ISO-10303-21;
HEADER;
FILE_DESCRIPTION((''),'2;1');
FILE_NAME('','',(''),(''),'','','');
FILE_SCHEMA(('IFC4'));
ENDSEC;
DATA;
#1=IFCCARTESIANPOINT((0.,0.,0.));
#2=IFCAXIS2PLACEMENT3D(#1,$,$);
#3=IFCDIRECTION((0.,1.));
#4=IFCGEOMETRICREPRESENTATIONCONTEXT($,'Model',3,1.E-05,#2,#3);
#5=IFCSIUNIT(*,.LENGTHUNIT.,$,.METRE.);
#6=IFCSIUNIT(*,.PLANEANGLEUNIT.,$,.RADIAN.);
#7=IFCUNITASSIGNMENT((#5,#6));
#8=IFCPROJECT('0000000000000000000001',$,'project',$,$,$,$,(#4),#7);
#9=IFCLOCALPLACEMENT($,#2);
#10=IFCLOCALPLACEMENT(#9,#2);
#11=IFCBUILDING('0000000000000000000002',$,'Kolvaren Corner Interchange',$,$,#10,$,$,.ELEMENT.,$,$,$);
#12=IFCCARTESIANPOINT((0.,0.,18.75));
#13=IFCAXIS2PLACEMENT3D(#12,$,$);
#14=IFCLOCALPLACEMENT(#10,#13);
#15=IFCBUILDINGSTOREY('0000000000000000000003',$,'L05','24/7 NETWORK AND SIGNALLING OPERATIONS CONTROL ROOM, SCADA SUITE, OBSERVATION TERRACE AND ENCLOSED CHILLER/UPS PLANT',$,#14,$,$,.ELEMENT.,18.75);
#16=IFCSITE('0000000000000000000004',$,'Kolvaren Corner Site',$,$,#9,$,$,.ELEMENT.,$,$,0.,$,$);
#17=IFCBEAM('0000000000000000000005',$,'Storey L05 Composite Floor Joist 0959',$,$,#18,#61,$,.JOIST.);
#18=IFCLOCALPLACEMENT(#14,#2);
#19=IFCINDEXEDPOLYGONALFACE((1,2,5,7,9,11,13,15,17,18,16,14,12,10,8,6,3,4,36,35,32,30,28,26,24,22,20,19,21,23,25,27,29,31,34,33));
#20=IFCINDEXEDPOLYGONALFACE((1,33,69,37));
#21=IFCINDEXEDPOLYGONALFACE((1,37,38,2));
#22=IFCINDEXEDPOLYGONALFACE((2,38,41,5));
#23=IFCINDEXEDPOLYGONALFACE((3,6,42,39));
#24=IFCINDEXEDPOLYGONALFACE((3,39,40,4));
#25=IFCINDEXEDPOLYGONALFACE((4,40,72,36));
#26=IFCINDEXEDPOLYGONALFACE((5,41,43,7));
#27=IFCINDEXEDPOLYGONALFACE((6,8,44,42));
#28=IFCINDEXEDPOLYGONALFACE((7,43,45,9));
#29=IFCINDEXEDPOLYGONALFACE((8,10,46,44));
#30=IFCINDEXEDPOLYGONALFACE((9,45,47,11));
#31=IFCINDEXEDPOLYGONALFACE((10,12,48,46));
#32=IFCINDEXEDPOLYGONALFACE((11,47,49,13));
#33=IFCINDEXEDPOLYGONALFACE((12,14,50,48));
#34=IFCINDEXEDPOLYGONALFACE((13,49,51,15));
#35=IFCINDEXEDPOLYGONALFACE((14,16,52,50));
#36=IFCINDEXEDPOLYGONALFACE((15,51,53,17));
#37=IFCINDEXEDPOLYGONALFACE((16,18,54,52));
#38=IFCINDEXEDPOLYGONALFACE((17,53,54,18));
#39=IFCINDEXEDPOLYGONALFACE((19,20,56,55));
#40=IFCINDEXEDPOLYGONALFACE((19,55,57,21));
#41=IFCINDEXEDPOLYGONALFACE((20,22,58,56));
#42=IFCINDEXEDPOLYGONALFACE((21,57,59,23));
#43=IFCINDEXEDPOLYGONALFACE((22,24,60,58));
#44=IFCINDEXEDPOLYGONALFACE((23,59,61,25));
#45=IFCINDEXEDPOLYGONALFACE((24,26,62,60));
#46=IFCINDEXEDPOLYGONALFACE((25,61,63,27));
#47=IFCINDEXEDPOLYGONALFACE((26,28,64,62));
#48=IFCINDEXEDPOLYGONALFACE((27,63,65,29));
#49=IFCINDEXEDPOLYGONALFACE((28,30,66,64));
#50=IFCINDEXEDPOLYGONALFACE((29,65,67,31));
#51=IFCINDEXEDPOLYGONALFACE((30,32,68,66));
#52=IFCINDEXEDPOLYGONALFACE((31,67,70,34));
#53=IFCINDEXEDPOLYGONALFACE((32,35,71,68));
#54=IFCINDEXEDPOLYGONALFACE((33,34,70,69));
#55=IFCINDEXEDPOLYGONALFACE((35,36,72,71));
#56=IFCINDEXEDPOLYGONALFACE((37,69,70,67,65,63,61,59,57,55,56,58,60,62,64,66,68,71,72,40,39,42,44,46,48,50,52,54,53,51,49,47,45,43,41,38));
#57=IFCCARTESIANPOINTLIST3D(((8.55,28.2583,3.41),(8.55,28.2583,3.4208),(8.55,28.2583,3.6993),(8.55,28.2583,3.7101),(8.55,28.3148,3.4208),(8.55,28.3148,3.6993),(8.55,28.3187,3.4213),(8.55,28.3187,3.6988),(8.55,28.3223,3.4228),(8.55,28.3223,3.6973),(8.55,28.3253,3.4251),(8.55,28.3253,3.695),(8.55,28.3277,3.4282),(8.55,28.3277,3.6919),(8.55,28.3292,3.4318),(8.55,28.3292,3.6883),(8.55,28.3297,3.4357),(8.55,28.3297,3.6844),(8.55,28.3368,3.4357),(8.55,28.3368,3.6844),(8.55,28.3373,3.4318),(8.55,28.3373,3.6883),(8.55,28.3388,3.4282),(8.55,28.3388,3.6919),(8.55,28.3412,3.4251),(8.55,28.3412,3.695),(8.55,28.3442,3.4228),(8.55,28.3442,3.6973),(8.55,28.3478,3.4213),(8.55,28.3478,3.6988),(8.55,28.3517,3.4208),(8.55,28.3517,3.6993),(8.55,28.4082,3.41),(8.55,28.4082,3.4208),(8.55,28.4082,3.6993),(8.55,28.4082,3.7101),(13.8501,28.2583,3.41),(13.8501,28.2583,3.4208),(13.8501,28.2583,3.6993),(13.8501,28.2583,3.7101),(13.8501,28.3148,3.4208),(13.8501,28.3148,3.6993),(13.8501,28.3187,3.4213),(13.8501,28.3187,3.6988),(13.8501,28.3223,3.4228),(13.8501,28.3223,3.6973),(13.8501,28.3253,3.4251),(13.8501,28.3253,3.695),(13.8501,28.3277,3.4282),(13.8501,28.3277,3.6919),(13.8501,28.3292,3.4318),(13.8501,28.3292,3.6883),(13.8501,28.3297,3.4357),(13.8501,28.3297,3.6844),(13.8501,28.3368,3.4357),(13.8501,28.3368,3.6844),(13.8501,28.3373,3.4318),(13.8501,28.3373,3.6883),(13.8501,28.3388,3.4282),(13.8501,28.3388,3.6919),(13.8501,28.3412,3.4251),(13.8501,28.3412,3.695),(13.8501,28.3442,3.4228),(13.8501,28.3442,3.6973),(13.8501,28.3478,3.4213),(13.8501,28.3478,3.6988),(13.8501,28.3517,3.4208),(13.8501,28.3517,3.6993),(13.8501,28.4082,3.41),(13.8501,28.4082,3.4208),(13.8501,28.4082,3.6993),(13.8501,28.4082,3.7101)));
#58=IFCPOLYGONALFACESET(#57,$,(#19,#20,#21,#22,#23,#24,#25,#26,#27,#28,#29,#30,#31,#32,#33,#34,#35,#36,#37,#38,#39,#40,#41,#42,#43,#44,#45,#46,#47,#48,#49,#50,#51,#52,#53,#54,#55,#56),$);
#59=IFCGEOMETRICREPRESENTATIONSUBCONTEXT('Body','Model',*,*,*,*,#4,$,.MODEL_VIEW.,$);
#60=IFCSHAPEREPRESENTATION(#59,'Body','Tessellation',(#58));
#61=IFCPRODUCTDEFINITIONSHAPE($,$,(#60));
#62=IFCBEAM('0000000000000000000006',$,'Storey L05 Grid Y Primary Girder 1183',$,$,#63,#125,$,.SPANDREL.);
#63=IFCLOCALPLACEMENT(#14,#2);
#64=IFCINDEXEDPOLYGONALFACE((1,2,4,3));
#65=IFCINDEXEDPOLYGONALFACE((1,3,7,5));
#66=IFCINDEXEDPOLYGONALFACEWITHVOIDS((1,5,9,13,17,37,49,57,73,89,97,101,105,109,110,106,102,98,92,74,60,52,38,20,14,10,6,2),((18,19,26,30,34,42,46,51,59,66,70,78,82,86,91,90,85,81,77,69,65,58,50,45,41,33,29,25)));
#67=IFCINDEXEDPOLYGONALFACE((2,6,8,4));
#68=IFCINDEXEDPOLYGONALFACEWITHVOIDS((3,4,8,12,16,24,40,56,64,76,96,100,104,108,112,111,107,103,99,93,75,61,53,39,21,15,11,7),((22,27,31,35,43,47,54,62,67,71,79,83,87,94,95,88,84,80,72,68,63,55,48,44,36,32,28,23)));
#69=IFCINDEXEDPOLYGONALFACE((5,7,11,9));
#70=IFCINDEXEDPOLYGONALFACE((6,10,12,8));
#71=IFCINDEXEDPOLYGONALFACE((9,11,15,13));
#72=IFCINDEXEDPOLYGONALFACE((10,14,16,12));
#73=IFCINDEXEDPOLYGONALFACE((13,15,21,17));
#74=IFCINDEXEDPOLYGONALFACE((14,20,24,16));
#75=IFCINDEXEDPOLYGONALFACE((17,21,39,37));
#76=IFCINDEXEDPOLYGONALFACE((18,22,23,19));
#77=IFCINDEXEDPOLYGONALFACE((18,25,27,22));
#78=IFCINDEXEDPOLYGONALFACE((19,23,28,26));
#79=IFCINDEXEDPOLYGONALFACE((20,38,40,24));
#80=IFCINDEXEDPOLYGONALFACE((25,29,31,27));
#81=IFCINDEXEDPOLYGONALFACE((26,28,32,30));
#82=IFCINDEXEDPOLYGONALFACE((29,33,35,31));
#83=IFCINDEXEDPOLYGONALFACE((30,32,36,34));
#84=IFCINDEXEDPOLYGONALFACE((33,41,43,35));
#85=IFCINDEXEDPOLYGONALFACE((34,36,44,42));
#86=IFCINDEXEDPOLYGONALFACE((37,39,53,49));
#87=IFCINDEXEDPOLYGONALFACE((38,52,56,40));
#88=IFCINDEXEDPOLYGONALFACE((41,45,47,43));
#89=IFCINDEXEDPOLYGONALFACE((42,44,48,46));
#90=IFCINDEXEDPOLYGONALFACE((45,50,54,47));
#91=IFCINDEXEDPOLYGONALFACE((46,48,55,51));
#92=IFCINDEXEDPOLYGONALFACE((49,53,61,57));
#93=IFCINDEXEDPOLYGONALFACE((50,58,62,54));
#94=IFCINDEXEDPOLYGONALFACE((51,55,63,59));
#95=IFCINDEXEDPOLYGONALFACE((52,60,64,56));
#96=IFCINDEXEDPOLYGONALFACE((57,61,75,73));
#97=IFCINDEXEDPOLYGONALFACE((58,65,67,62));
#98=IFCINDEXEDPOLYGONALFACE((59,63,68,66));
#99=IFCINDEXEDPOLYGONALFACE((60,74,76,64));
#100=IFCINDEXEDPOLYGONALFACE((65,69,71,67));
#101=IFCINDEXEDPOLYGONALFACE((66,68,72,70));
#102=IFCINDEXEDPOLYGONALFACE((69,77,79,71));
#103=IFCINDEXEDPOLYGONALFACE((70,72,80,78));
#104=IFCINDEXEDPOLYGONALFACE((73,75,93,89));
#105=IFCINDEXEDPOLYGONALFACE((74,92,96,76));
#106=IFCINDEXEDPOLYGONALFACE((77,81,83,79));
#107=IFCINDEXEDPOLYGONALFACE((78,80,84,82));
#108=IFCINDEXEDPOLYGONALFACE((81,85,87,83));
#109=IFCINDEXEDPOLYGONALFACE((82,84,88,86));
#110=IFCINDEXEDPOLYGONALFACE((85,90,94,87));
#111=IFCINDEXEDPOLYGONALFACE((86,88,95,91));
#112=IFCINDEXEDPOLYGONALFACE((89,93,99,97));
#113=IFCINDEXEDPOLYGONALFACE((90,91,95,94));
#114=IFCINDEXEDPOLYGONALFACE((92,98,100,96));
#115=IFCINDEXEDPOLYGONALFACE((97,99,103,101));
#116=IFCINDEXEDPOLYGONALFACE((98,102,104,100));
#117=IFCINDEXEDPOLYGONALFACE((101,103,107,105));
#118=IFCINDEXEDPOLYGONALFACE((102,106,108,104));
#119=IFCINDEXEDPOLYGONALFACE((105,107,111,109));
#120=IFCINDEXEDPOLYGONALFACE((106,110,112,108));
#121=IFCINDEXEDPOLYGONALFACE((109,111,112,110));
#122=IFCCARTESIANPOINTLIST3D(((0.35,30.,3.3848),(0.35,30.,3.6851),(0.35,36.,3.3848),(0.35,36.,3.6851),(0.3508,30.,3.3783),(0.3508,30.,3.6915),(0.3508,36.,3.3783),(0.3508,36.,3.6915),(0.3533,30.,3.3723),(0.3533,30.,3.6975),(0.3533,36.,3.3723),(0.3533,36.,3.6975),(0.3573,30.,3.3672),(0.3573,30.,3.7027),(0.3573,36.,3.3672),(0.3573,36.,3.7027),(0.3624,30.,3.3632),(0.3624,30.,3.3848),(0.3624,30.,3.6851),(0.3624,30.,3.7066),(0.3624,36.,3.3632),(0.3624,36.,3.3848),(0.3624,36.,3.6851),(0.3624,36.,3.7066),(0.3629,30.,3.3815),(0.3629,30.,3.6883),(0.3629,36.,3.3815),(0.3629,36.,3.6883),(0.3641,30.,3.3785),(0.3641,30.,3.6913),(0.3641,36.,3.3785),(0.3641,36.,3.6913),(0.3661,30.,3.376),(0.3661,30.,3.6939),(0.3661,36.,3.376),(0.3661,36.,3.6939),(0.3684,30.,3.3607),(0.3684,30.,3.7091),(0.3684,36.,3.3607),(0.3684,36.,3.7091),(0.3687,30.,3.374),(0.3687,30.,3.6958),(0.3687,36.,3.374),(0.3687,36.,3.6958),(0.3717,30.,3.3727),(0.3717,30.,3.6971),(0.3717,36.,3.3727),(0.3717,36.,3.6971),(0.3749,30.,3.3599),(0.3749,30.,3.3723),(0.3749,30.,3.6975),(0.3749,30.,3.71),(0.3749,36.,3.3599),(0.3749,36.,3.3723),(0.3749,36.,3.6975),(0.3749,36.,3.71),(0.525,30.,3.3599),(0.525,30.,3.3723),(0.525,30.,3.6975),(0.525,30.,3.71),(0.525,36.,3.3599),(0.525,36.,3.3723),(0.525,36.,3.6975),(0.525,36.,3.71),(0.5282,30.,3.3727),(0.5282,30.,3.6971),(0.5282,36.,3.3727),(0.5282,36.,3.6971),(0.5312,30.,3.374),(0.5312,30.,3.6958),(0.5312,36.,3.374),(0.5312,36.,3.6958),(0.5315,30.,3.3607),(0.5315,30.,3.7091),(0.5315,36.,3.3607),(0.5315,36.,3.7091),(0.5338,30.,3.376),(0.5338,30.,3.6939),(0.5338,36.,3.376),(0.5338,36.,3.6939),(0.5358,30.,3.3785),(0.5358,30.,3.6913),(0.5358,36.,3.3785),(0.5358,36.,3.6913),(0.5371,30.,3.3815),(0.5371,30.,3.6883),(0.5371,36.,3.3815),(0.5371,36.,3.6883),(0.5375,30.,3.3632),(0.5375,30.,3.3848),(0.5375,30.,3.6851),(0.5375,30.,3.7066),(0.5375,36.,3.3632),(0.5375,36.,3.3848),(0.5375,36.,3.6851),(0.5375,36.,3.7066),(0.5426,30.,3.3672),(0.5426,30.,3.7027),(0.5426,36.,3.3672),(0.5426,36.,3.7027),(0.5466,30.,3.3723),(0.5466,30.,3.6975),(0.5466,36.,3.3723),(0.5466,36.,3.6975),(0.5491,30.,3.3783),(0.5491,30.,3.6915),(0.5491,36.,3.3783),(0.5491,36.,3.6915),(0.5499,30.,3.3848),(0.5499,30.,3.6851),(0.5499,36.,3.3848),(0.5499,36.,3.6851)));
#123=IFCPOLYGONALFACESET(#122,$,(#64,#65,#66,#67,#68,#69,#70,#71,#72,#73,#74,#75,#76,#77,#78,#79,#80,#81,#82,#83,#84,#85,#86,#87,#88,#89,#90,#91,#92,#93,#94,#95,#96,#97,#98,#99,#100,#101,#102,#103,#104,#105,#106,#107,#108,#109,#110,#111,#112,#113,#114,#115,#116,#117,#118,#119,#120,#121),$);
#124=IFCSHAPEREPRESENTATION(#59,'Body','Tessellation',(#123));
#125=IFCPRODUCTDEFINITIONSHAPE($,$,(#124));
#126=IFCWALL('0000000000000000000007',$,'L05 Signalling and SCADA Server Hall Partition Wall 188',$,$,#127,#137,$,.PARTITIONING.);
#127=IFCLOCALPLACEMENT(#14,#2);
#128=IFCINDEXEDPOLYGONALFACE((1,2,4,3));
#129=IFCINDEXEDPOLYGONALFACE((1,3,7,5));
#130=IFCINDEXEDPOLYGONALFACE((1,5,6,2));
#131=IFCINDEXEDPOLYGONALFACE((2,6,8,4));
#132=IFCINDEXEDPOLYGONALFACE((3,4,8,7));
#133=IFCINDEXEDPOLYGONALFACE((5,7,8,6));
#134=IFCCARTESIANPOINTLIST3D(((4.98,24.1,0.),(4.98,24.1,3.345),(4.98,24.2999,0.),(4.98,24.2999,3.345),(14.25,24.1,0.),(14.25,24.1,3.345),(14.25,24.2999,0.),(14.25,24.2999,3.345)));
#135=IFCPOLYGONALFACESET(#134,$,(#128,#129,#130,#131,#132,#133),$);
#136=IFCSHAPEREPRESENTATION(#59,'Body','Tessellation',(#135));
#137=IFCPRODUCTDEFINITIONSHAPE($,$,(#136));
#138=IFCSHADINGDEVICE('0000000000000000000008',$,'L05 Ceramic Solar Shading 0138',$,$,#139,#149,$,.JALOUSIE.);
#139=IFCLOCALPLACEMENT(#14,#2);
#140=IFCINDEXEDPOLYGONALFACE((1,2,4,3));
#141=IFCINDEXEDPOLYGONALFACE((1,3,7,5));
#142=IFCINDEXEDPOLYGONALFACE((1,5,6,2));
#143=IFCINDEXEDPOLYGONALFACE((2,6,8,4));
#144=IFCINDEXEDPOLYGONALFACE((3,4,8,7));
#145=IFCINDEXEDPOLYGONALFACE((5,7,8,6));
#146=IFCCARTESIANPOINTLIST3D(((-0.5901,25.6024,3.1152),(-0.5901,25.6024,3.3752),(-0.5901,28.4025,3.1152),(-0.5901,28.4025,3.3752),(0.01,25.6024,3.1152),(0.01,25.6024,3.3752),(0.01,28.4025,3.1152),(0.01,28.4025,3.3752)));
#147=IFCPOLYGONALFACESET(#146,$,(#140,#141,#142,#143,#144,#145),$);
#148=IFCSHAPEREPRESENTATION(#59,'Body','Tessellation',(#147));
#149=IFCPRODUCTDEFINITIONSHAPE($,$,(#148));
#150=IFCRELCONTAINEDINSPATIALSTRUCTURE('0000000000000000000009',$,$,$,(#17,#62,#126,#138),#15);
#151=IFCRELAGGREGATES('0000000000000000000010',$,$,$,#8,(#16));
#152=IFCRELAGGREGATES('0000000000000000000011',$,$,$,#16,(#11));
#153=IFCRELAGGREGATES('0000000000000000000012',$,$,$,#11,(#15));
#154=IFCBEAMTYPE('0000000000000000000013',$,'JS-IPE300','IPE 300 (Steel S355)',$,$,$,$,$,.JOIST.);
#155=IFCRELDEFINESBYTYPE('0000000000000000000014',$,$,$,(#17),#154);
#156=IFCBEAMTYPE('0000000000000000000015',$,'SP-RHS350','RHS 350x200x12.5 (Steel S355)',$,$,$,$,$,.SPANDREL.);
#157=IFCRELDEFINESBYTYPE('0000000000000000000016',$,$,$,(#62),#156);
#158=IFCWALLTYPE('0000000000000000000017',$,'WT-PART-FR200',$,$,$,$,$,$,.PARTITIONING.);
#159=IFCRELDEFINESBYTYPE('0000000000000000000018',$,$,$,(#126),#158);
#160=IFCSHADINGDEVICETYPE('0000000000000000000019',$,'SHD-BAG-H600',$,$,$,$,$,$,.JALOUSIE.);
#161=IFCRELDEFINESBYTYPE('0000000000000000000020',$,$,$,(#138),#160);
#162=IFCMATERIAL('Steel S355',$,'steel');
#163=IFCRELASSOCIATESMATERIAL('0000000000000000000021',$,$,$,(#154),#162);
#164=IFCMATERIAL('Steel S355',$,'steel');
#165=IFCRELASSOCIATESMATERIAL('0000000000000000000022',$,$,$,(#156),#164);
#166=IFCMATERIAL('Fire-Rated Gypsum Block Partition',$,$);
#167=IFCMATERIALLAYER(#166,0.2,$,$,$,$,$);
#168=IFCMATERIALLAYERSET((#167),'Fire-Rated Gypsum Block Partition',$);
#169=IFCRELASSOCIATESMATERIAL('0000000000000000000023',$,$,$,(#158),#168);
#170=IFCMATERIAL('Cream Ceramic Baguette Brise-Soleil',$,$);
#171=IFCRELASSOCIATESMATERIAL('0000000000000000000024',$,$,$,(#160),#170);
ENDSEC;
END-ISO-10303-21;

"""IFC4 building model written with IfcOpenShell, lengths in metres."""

from ifc_helpers import new_model, si_unit, direction, frame, frame_2d, origin, origin_2d, place, context, subcontext, project, spatial, rectangle, hollow_rectangle, i_section, extrude, material, layer, layer_set, material_profile, profile_set, type_object, element, save


model = new_model("IFC4")

# Units and contexts
model_context = context("Model", 3, precision=1e-05, world=origin(), true_north=direction((0.0, 1.0)))
body_context = subcontext(model_context, "Body", "Model", "MODEL_VIEW")
ifc_project = project(units=[si_unit("LENGTHUNIT", "METRE"), si_unit("PLANEANGLEUNIT", "RADIAN")], contexts=[model_context])

# Site, building, storey
site_placement = place(None, origin())
site = spatial("IfcSite", under=ifc_project, at=site_placement, Name="Kolvaren Corner Site", CompositionType="ELEMENT", RefElevation=0.0)
building_placement = place(site_placement, origin())
building = spatial("IfcBuilding", under=site, at=building_placement, Name="Kolvaren Corner Interchange", CompositionType="ELEMENT")
storey_placement = place(building_placement, frame((0.0, 0.0, 18.75)))
storey = spatial("IfcBuildingStorey", under=building, at=storey_placement, Name="L05", Description="24/7 NETWORK AND SIGNALLING OPERATIONS CONTROL ROOM, SCADA SUITE, OBSERVATION TERRACE AND ENCLOSED CHILLER/UPS PLANT", CompositionType="ELEMENT", Elevation=18.75)

# Beams
ifc_material_1 = material(Name="Steel S355", Category="steel")
ifc_material_profile_1 = material_profile(ifc_material_1, i_section(OverallWidth=0.1499, OverallDepth=0.3, WebThickness=0.0071, FlangeThickness=0.0107, FilletRadius=0.0149, at=origin_2d()), Name="IPE 300")
ifc_profile_set_1 = profile_set([ifc_material_profile_1], Name="Steel S355")
beam_type_1 = type_object("IfcBeamType", Name="JS-IPE300", Description="IPE 300 (Steel S355)", PredefinedType="JOIST", material=ifc_profile_set_1)
for number, where, z_axis, x_axis, name in (
    (1, (8.55, 28.3333, 3.5601), (1.0, 0.0, 0.0), (0.0, 1.0, 0.0), "Storey L05 Composite Floor Joist 0959"),
):
    element("IfcBeam", number, at=place(storey_placement, frame(where, z_axis=z_axis, x_axis=x_axis)), inside=storey, type_object=beam_type_1, Name=name, PredefinedType="JOIST", context=body_context, shape_type="SweptSolid", body=[
        extrude(i_section(OverallWidth=0.1499, OverallDepth=0.3, WebThickness=0.0071, FlangeThickness=0.0107, FilletRadius=0.0149, at=origin_2d()), origin(), (0.0, 0.0, 1.0), 5.3),
    ])
ifc_material_2 = material(Name="Steel S355", Category="steel")
ifc_material_profile_2 = material_profile(ifc_material_2, hollow_rectangle(XDim=0.2, YDim=0.3501, WallThickness=0.0125, InnerFilletRadius=0.0125, OuterFilletRadius=0.0249, at=origin_2d()), Name="RHS 350x200x12.5")
ifc_profile_set_2 = profile_set([ifc_material_profile_2], Name="Steel S355")
beam_type_2 = type_object("IfcBeamType", Name="SP-RHS350", Description="RHS 350x200x12.5 (Steel S355)", PredefinedType="SPANDREL", material=ifc_profile_set_2)
beam_1_placement = place(storey_placement, frame((0.45, 30.0, 3.5349), z_axis=(0.0, 1.0, 0.0), x_axis=(-1.0, 0.0, 0.0)))
element("IfcBeam", 2, at=beam_1_placement, inside=storey, type_object=beam_type_2, Name="Storey L05 Grid Y Primary Girder 1183", PredefinedType="SPANDREL", context=body_context, shape_type="SweptSolid", body=[
    extrude(hollow_rectangle(XDim=0.2, YDim=0.3501, WallThickness=0.0125, InnerFilletRadius=0.0125, OuterFilletRadius=0.0249, at=origin_2d()), origin(), (0.0, 0.0, 1.0), 6.0),
])

# Wall
ifc_material_3 = material(Name="Fire-Rated Gypsum Block Partition")
ifc_layer = layer(ifc_material_3, 0.2)
ifc_layer_set = layer_set([ifc_layer], Name="Fire-Rated Gypsum Block Partition")
wall_type = type_object("IfcWallType", Name="WT-PART-FR200", PredefinedType="PARTITIONING", material=ifc_layer_set)
wall_placement = place(storey_placement, frame((4.98, 24.2, 0.0), z_axis=(0.0, 0.0, 1.0), x_axis=(1.0, 0.0, 0.0)))
element("IfcWall", 3, at=wall_placement, inside=storey, type_object=wall_type, Name="L05 Signalling and SCADA Server Hall Partition Wall 188", PredefinedType="PARTITIONING", context=body_context, shape_type="SweptSolid", body=[
    extrude(rectangle(XDim=9.27, YDim=0.2, at=frame_2d((4.635, 0.0))), origin(), (0.0, 0.0, 1.0), 3.345),
])

# Shading device
ifc_material_4 = material(Name="Cream Ceramic Baguette Brise-Soleil")
shading_device_type = type_object("IfcShadingDeviceType", Name="SHD-BAG-H600", PredefinedType="JALOUSIE", material=ifc_material_4)
shading_device_placement = place(storey_placement, frame((-0.29, 27.0024, 3.1152), z_axis=(0.0, 0.0, 1.0), x_axis=(0.0, -1.0, 0.0)))
element("IfcShadingDevice", 4, at=shading_device_placement, inside=storey, type_object=shading_device_type, Name="L05 Ceramic Solar Shading 0138", PredefinedType="JALOUSIE", context=body_context, shape_type="SweptSolid", body=[
    extrude(rectangle(XDim=2.8, YDim=0.6001, at=origin_2d()), origin(), (0.0, 0.0, 1.0), 0.26),
])

save(model, "model.ifc")
